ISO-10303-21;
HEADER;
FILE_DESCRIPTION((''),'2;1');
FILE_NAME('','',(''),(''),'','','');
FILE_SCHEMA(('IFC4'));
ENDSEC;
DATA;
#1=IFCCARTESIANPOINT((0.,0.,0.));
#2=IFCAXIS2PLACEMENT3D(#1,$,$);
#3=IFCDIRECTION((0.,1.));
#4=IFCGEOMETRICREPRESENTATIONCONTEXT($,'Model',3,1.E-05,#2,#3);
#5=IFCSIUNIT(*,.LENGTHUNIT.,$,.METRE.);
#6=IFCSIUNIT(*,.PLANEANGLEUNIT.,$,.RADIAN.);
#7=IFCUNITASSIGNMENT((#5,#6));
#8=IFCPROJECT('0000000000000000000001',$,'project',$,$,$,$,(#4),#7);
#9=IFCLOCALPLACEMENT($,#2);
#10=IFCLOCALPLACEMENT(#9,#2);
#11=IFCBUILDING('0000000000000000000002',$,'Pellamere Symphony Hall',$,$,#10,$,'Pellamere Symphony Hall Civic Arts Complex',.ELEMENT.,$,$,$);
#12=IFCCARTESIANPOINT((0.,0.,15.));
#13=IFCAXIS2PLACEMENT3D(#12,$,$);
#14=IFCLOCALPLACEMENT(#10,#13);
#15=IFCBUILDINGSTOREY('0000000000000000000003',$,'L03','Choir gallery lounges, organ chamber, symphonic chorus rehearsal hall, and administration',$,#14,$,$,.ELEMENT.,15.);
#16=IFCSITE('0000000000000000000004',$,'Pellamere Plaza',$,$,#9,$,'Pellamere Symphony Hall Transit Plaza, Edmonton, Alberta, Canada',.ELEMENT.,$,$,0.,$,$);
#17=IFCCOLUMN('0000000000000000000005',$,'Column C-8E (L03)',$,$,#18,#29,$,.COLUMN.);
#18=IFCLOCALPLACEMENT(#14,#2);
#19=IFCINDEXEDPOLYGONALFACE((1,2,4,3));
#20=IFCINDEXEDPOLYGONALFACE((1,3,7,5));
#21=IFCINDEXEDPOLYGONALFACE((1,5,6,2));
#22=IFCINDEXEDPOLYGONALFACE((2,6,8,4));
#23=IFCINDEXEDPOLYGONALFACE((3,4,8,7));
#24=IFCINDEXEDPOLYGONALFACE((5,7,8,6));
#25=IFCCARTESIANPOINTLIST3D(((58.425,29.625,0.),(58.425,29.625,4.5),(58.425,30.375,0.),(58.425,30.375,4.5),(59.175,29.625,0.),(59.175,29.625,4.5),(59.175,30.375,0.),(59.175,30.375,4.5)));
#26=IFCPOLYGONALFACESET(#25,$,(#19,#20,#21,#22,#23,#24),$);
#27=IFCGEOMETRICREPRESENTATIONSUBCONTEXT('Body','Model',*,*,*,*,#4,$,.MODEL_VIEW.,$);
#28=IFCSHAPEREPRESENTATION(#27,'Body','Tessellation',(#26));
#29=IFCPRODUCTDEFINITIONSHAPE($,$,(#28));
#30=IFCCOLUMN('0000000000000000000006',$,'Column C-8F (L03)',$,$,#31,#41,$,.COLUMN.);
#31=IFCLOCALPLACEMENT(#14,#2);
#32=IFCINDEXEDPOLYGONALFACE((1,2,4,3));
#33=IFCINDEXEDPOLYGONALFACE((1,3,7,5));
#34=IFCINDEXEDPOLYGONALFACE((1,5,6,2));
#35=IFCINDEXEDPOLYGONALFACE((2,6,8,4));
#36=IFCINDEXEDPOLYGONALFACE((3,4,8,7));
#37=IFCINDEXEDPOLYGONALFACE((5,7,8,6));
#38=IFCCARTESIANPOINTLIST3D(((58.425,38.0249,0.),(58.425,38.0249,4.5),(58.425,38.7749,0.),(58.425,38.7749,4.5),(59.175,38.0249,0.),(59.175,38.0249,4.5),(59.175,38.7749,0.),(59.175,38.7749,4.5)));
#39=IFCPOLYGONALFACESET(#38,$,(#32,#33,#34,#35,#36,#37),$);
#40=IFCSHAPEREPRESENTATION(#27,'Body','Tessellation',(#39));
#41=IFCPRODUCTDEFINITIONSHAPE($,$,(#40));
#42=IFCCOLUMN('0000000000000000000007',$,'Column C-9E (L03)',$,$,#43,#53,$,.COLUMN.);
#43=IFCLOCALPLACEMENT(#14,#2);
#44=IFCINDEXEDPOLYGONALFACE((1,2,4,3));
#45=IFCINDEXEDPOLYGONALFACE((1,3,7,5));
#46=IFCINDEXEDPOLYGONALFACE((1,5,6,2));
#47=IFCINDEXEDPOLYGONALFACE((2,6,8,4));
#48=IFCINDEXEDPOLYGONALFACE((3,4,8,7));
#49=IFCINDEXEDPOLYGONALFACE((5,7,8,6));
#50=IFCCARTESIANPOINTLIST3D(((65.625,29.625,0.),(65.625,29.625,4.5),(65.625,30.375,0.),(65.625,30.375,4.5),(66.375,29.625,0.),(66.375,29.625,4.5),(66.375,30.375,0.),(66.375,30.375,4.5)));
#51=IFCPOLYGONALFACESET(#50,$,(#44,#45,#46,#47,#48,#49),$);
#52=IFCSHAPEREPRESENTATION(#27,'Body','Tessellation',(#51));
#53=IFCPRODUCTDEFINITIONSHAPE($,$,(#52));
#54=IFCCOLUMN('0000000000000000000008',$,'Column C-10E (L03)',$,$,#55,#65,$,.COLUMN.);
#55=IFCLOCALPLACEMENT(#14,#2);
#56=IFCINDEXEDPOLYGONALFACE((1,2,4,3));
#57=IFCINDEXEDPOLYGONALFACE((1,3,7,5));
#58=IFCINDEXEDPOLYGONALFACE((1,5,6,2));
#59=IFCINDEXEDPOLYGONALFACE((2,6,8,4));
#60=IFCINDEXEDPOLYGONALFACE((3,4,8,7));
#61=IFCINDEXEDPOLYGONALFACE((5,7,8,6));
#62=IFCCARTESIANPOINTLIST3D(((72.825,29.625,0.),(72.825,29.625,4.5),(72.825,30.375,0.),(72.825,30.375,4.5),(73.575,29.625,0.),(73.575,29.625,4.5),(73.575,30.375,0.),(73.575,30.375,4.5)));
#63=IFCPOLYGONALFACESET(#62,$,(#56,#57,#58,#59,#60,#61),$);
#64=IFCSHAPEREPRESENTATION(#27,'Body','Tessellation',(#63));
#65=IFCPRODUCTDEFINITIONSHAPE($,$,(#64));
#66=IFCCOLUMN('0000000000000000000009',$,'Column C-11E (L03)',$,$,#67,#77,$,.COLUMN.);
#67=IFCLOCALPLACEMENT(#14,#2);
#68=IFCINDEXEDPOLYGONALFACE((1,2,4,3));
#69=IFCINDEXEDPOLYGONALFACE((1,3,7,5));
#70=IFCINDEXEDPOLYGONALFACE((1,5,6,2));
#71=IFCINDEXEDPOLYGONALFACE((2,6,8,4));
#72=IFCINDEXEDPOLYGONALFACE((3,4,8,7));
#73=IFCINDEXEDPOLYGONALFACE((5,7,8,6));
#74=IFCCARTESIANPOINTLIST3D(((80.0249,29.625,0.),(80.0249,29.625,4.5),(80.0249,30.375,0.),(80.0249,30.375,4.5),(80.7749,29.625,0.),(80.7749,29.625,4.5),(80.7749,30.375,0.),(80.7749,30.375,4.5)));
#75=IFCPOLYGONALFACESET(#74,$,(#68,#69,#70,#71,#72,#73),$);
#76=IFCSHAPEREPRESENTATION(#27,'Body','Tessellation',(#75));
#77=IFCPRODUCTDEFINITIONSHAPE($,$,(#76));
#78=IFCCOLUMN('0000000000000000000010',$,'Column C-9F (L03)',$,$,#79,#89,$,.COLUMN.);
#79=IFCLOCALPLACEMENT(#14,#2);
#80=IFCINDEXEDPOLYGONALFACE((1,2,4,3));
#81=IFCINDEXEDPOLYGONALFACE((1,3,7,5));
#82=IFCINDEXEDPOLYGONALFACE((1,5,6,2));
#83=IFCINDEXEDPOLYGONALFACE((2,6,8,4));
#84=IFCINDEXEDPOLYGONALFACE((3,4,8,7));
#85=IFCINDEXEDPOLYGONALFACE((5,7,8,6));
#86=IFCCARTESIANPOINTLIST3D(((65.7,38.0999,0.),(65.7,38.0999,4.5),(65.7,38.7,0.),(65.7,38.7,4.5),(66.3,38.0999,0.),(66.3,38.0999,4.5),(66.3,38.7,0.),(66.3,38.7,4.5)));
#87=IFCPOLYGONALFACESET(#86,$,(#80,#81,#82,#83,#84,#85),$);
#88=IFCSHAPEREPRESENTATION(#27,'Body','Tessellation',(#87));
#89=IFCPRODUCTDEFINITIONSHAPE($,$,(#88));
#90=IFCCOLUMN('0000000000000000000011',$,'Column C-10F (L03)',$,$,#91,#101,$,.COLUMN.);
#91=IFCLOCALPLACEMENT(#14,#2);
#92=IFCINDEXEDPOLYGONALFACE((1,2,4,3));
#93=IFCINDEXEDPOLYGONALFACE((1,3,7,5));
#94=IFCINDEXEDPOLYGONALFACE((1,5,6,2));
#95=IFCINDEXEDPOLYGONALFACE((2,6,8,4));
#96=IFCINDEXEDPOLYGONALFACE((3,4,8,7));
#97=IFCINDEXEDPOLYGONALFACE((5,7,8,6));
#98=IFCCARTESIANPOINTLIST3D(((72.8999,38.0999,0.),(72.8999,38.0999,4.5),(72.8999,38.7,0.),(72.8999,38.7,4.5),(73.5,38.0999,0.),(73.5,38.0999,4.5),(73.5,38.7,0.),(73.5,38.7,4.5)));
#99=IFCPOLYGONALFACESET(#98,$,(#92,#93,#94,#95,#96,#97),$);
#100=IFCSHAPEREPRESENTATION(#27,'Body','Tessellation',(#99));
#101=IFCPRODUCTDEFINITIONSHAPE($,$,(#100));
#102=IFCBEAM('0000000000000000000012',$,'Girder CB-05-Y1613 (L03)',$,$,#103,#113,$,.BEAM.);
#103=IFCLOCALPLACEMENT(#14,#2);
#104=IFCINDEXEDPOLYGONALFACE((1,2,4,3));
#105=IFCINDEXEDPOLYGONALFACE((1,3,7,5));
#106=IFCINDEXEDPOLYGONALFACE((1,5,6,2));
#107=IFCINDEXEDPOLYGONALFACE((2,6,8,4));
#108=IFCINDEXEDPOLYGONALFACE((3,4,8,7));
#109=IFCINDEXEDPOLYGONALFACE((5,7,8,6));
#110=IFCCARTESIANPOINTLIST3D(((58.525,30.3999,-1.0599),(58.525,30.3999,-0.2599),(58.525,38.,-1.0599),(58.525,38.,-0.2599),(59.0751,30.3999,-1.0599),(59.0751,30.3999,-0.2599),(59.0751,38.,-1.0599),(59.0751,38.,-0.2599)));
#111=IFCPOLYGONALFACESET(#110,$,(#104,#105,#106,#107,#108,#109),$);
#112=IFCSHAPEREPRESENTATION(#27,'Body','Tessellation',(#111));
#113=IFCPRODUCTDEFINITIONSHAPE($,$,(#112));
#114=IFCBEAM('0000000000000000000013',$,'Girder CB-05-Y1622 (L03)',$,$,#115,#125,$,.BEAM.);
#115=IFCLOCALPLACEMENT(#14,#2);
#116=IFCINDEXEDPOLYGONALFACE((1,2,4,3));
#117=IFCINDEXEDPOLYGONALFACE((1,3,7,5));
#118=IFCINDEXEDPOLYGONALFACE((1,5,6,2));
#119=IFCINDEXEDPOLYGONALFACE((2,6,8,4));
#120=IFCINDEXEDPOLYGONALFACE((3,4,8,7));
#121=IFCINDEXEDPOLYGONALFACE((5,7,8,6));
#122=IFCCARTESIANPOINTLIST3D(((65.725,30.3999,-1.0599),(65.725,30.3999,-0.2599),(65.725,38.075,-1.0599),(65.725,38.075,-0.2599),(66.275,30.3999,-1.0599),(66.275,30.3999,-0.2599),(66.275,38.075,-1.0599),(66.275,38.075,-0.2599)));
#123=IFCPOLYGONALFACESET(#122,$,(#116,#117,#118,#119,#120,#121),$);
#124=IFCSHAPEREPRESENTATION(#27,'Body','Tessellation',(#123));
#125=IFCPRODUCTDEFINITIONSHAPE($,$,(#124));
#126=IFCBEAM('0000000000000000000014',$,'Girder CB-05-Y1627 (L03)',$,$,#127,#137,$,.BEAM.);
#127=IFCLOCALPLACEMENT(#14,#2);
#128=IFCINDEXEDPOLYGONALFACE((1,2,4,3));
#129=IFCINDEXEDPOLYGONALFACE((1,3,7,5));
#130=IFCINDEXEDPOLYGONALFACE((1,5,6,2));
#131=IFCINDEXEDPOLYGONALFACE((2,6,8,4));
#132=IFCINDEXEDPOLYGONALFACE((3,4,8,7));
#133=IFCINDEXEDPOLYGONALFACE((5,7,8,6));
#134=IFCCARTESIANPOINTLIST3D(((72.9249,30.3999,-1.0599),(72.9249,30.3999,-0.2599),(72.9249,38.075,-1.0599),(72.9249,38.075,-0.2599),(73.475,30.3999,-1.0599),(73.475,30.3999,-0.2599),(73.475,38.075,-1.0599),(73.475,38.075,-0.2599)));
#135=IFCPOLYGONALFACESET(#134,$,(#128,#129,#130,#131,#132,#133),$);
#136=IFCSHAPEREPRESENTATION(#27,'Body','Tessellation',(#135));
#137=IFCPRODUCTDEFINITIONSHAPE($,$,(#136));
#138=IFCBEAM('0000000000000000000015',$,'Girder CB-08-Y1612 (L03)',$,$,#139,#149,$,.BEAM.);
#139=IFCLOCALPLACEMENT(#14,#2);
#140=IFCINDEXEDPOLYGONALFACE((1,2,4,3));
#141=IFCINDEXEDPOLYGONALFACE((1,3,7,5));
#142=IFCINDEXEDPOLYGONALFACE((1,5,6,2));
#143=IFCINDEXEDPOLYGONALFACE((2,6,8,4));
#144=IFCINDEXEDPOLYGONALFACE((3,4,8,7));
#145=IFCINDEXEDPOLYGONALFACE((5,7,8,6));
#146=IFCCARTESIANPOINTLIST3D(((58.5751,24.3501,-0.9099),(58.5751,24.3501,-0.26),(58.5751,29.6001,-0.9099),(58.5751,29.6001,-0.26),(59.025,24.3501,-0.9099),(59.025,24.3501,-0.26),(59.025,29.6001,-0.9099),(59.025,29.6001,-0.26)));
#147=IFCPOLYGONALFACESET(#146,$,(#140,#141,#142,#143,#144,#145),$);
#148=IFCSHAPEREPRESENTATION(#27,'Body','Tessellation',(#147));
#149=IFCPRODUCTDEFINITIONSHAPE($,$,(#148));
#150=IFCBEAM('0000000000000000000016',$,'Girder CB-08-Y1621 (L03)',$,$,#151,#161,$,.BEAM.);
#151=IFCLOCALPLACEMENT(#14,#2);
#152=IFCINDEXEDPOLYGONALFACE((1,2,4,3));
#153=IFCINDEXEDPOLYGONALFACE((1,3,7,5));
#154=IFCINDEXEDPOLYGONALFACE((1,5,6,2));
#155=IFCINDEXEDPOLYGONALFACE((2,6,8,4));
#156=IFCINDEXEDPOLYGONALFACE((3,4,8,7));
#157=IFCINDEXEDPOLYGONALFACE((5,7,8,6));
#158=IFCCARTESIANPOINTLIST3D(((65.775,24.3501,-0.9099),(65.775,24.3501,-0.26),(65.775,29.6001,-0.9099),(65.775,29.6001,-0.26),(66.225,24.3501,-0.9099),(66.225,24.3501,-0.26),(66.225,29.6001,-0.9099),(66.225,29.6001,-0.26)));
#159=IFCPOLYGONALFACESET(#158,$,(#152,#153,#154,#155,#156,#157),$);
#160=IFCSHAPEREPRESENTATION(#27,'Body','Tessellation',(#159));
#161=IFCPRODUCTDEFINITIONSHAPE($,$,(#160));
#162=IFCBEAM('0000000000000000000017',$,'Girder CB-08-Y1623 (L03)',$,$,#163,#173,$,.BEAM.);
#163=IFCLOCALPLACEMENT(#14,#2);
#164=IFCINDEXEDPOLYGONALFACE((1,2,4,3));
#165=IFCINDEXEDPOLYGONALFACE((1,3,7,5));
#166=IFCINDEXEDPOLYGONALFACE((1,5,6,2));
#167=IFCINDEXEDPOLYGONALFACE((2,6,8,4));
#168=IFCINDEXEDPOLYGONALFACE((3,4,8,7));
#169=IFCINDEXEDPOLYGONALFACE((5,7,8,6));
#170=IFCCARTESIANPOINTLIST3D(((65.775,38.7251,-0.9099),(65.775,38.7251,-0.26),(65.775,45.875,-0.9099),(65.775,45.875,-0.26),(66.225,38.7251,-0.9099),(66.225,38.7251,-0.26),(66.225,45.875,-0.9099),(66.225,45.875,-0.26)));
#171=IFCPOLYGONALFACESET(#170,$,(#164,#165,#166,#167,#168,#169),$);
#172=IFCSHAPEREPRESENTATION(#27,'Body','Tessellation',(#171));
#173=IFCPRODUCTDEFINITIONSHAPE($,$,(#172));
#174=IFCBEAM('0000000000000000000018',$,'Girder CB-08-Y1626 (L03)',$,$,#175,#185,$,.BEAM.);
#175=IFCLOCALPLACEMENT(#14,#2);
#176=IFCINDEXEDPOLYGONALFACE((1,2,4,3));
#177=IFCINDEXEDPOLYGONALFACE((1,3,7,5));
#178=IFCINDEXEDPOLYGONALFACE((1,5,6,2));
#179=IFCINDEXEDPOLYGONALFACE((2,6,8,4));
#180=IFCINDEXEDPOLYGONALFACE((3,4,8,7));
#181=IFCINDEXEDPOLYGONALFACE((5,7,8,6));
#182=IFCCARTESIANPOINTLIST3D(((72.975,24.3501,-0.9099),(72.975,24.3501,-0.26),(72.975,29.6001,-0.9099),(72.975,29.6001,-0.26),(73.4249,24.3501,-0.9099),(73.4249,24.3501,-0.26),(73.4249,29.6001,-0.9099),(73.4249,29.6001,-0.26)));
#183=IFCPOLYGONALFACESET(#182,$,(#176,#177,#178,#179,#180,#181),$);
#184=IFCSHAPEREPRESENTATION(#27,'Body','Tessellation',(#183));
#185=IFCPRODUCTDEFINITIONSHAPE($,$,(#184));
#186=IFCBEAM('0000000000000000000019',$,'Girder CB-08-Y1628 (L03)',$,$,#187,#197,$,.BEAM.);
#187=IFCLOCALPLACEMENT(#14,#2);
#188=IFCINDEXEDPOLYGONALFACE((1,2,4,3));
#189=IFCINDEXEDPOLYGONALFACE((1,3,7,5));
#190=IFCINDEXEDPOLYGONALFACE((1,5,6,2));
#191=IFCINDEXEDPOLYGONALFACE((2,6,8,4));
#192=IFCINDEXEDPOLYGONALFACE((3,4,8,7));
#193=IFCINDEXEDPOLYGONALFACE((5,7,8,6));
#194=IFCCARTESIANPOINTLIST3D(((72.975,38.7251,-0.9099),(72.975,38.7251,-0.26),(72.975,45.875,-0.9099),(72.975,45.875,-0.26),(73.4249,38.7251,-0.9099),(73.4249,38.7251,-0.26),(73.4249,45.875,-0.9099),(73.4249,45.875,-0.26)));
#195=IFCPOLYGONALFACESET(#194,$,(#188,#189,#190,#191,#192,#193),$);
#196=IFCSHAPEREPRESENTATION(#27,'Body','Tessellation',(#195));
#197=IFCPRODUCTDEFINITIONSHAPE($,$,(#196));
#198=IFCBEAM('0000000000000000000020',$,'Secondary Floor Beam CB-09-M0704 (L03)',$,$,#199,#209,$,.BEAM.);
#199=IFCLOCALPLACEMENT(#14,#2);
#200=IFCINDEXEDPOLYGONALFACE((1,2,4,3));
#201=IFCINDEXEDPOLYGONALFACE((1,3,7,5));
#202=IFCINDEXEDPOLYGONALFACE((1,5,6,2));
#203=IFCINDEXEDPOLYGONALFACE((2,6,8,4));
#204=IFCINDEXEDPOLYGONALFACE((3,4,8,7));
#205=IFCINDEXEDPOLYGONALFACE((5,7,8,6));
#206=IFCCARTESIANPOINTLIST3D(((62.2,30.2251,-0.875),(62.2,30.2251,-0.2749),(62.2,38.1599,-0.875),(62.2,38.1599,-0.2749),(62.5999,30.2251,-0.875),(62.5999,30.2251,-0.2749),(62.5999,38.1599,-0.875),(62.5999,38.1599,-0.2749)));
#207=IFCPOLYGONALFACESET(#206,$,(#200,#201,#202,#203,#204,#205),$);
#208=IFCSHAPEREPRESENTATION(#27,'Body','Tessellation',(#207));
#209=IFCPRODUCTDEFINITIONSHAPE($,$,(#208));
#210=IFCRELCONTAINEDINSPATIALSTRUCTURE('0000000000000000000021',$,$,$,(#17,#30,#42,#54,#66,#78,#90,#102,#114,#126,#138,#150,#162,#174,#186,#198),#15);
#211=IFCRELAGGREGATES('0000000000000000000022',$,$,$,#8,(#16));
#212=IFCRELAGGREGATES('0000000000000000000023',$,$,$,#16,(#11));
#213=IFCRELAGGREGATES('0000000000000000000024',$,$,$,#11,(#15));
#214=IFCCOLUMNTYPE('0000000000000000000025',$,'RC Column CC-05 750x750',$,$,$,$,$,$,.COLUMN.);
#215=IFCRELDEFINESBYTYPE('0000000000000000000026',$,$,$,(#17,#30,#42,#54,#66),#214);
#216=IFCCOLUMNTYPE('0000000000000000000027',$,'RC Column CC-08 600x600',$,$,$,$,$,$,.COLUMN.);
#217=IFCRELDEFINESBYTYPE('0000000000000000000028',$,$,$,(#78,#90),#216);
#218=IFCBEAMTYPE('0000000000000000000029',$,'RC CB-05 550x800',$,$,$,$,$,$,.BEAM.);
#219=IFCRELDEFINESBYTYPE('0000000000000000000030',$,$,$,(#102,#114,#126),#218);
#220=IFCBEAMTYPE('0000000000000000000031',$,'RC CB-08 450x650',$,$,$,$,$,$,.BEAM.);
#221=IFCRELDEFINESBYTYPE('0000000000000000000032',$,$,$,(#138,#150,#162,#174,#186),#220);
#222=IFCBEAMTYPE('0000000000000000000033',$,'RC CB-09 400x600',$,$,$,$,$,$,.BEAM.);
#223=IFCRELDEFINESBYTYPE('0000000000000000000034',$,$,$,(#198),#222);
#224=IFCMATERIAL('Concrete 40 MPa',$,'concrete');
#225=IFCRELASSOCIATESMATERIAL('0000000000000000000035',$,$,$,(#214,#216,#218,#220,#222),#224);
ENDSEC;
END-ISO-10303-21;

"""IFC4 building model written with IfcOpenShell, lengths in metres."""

from ifc_helpers import new_model, si_unit, direction, frame, origin, origin_2d, place, context, subcontext, project, spatial, rectangle, extrude, material, material_profile, profile_set, type_object, element, save


model = new_model("IFC4")

# Units and contexts
model_context = context("Model", 3, precision=1e-05, world=origin(), true_north=direction((0.0, 1.0)))
body_context = subcontext(model_context, "Body", "Model", "MODEL_VIEW")
ifc_project = project(units=[si_unit("LENGTHUNIT", "METRE"), si_unit("PLANEANGLEUNIT", "RADIAN")], contexts=[model_context])

# Site, building, storey
site_placement = place(None, origin())
site = spatial("IfcSite", under=ifc_project, at=site_placement, Name="Pellamere Plaza", LongName="Pellamere Symphony Hall Transit Plaza, Edmonton, Alberta, Canada", CompositionType="ELEMENT", RefElevation=0.0)
building_placement = place(site_placement, origin())
building = spatial("IfcBuilding", under=site, at=building_placement, Name="Pellamere Symphony Hall", LongName="Pellamere Symphony Hall Civic Arts Complex", CompositionType="ELEMENT")
storey_placement = place(building_placement, frame((0.0, 0.0, 15.0)))
storey = spatial("IfcBuildingStorey", under=building, at=storey_placement, Name="L03", Description="Choir gallery lounges, organ chamber, symphonic chorus rehearsal hall, and administration", CompositionType="ELEMENT", Elevation=15.0)

# Columns
ifc_material_1 = material(Name="Concrete 40 MPa", Category="concrete")
ifc_material_profile_1 = material_profile(ifc_material_1, rectangle(XDim=0.75, YDim=0.75, at=origin_2d()), Name="RC 750x750")
ifc_profile_set_1 = profile_set([ifc_material_profile_1], Name="Concrete 40 MPa")
column_type_1 = type_object("IfcColumnType", Name="RC Column CC-05 750x750", PredefinedType="COLUMN", material=ifc_profile_set_1)
for number, where, z_axis, x_axis, name in (
    (1, (58.8, 30.0, 0.0), (0.0, 0.0, 1.0), (1.0, 0.0, 0.0), "Column C-8E (L03)"),
    (2, (58.8, 38.3999, 0.0), (0.0, 0.0, 1.0), (1.0, 0.0, 0.0), "Column C-8F (L03)"),
    (3, (66.0, 30.0, 0.0), (0.0, 0.0, 1.0), (1.0, 0.0, 0.0), "Column C-9E (L03)"),
    (4, (73.2, 30.0, 0.0), (0.0, 0.0, 1.0), (1.0, 0.0, 0.0), "Column C-10E (L03)"),
    (5, (80.3999, 30.0, 0.0), (0.0, 0.0, 1.0), (1.0, 0.0, 0.0), "Column C-11E (L03)"),
):
    element("IfcColumn", number, at=place(storey_placement, frame(where, z_axis=z_axis, x_axis=x_axis)), inside=storey, type_object=column_type_1, Name=name, PredefinedType="COLUMN", context=body_context, shape_type="SweptSolid", body=[
        extrude(rectangle(XDim=0.75, YDim=0.75, at=origin_2d()), origin(), (0.0, 0.0, 1.0), 4.5),
    ])
ifc_material_profile_2 = material_profile(ifc_material_1, rectangle(XDim=0.6001, YDim=0.6001, at=origin_2d()), Name="RC 600x600")
ifc_profile_set_2 = profile_set([ifc_material_profile_2], Name="Concrete 40 MPa")
column_type_2 = type_object("IfcColumnType", Name="RC Column CC-08 600x600", PredefinedType="COLUMN", material=ifc_profile_set_2)
for number, where, z_axis, x_axis, name in (
    (6, (66.0, 38.3999, 0.0), (0.0, 0.0, 1.0), (1.0, 0.0, 0.0), "Column C-9F (L03)"),
    (7, (73.2, 38.3999, 0.0), (0.0, 0.0, 1.0), (1.0, 0.0, 0.0), "Column C-10F (L03)"),
):
    element("IfcColumn", number, at=place(storey_placement, frame(where, z_axis=z_axis, x_axis=x_axis)), inside=storey, type_object=column_type_2, Name=name, PredefinedType="COLUMN", context=body_context, shape_type="SweptSolid", body=[
        extrude(rectangle(XDim=0.6001, YDim=0.6001, at=origin_2d()), origin(), (0.0, 0.0, 1.0), 4.5),
    ])

# Beams
ifc_material_profile_3 = material_profile(ifc_material_1, rectangle(XDim=0.55, YDim=0.8, at=origin_2d()), Name="RC 550x800")
ifc_profile_set_3 = profile_set([ifc_material_profile_3], Name="Concrete 40 MPa")
beam_type_1 = type_object("IfcBeamType", Name="RC CB-05 550x800", PredefinedType="BEAM", material=ifc_profile_set_3)
beam_1_placement = place(storey_placement, frame((58.8, 30.3999, -0.6599), z_axis=(0.0, 1.0, 0.0), x_axis=(-1.0, 0.0, 0.0)))
element("IfcBeam", 8, at=beam_1_placement, inside=storey, type_object=beam_type_1, Name="Girder CB-05-Y1613 (L03)", PredefinedType="BEAM", context=body_context, shape_type="SweptSolid", body=[
    extrude(rectangle(XDim=0.55, YDim=0.8, at=origin_2d()), origin(), (0.0, 0.0, 1.0), 7.6001),
])
for number, where, z_axis, x_axis, name in (
    (9, (66.0, 30.3999, -0.6599), (0.0, 1.0, 0.0), (-1.0, 0.0, 0.0), "Girder CB-05-Y1622 (L03)"),
    (10, (73.2, 30.3999, -0.6599), (0.0, 1.0, 0.0), (-1.0, 0.0, 0.0), "Girder CB-05-Y1627 (L03)"),
):
    element("IfcBeam", number, at=place(storey_placement, frame(where, z_axis=z_axis, x_axis=x_axis)), inside=storey, type_object=beam_type_1, Name=name, PredefinedType="BEAM", context=body_context, shape_type="SweptSolid", body=[
        extrude(rectangle(XDim=0.55, YDim=0.8, at=origin_2d()), origin(), (0.0, 0.0, 1.0), 7.675),
    ])
ifc_material_profile_4 = material_profile(ifc_material_1, rectangle(XDim=0.45, YDim=0.6499, at=origin_2d()), Name="RC 450x650")
ifc_profile_set_4 = profile_set([ifc_material_profile_4], Name="Concrete 40 MPa")
beam_type_2 = type_object("IfcBeamType", Name="RC CB-08 450x650", PredefinedType="BEAM", material=ifc_profile_set_4)
for number, where, z_axis, x_axis, name in (
    (11, (58.8, 24.3501, -0.585), (0.0, 1.0, 0.0), (-1.0, 0.0, 0.0), "Girder CB-08-Y1612 (L03)"),
    (12, (66.0, 24.3501, -0.585), (0.0, 1.0, 0.0), (-1.0, 0.0, 0.0), "Girder CB-08-Y1621 (L03)"),
):
    element("IfcBeam", number, at=place(storey_placement, frame(where, z_axis=z_axis, x_axis=x_axis)), inside=storey, type_object=beam_type_2, Name=name, PredefinedType="BEAM", context=body_context, shape_type="SweptSolid", body=[
        extrude(rectangle(XDim=0.45, YDim=0.6499, at=origin_2d()), origin(), (0.0, 0.0, 1.0), 5.25),
    ])
beam_2_placement = place(storey_placement, frame((66.0, 38.7251, -0.585), z_axis=(0.0, 1.0, 0.0), x_axis=(-1.0, 0.0, 0.0)))
element("IfcBeam", 13, at=beam_2_placement, inside=storey, type_object=beam_type_2, Name="Girder CB-08-Y1623 (L03)", PredefinedType="BEAM", context=body_context, shape_type="SweptSolid", body=[
    extrude(rectangle(XDim=0.45, YDim=0.6499, at=origin_2d()), origin(), (0.0, 0.0, 1.0), 7.1499),
])
beam_3_placement = place(storey_placement, frame((73.2, 24.3501, -0.585), z_axis=(0.0, 1.0, 0.0), x_axis=(-1.0, 0.0, 0.0)))
element("IfcBeam", 14, at=beam_3_placement, inside=storey, type_object=beam_type_2, Name="Girder CB-08-Y1626 (L03)", PredefinedType="BEAM", context=body_context, shape_type="SweptSolid", body=[
    extrude(rectangle(XDim=0.45, YDim=0.6499, at=origin_2d()), origin(), (0.0, 0.0, 1.0), 5.25),
])
beam_4_placement = place(storey_placement, frame((73.2, 38.7251, -0.585), z_axis=(0.0, 1.0, 0.0), x_axis=(-1.0, 0.0, 0.0)))
element("IfcBeam", 15, at=beam_4_placement, inside=storey, type_object=beam_type_2, Name="Girder CB-08-Y1628 (L03)", PredefinedType="BEAM", context=body_context, shape_type="SweptSolid", body=[
    extrude(rectangle(XDim=0.45, YDim=0.6499, at=origin_2d()), origin(), (0.0, 0.0, 1.0), 7.1499),
])
ifc_material_profile_5 = material_profile(ifc_material_1, rectangle(XDim=0.3999, YDim=0.6001, at=origin_2d()), Name="RC 400x600")
ifc_profile_set_5 = profile_set([ifc_material_profile_5], Name="Concrete 40 MPa")
beam_type_3 = type_object("IfcBeamType", Name="RC CB-09 400x600", PredefinedType="BEAM", material=ifc_profile_set_5)
for number, where, z_axis, x_axis, name in (
    (16, (62.3999, 30.2251, -0.575), (0.0, 1.0, 0.0), (-1.0, 0.0, 0.0), "Secondary Floor Beam CB-09-M0704 (L03)"),
):
    element("IfcBeam", number, at=place(storey_placement, frame(where, z_axis=z_axis, x_axis=x_axis)), inside=storey, type_object=beam_type_3, Name=name, PredefinedType="BEAM", context=body_context, shape_type="SweptSolid", body=[
        extrude(rectangle(XDim=0.3999, YDim=0.6001, at=origin_2d()), origin(), (0.0, 0.0, 1.0), 7.9348),
    ])

save(model, "model.ifc")
